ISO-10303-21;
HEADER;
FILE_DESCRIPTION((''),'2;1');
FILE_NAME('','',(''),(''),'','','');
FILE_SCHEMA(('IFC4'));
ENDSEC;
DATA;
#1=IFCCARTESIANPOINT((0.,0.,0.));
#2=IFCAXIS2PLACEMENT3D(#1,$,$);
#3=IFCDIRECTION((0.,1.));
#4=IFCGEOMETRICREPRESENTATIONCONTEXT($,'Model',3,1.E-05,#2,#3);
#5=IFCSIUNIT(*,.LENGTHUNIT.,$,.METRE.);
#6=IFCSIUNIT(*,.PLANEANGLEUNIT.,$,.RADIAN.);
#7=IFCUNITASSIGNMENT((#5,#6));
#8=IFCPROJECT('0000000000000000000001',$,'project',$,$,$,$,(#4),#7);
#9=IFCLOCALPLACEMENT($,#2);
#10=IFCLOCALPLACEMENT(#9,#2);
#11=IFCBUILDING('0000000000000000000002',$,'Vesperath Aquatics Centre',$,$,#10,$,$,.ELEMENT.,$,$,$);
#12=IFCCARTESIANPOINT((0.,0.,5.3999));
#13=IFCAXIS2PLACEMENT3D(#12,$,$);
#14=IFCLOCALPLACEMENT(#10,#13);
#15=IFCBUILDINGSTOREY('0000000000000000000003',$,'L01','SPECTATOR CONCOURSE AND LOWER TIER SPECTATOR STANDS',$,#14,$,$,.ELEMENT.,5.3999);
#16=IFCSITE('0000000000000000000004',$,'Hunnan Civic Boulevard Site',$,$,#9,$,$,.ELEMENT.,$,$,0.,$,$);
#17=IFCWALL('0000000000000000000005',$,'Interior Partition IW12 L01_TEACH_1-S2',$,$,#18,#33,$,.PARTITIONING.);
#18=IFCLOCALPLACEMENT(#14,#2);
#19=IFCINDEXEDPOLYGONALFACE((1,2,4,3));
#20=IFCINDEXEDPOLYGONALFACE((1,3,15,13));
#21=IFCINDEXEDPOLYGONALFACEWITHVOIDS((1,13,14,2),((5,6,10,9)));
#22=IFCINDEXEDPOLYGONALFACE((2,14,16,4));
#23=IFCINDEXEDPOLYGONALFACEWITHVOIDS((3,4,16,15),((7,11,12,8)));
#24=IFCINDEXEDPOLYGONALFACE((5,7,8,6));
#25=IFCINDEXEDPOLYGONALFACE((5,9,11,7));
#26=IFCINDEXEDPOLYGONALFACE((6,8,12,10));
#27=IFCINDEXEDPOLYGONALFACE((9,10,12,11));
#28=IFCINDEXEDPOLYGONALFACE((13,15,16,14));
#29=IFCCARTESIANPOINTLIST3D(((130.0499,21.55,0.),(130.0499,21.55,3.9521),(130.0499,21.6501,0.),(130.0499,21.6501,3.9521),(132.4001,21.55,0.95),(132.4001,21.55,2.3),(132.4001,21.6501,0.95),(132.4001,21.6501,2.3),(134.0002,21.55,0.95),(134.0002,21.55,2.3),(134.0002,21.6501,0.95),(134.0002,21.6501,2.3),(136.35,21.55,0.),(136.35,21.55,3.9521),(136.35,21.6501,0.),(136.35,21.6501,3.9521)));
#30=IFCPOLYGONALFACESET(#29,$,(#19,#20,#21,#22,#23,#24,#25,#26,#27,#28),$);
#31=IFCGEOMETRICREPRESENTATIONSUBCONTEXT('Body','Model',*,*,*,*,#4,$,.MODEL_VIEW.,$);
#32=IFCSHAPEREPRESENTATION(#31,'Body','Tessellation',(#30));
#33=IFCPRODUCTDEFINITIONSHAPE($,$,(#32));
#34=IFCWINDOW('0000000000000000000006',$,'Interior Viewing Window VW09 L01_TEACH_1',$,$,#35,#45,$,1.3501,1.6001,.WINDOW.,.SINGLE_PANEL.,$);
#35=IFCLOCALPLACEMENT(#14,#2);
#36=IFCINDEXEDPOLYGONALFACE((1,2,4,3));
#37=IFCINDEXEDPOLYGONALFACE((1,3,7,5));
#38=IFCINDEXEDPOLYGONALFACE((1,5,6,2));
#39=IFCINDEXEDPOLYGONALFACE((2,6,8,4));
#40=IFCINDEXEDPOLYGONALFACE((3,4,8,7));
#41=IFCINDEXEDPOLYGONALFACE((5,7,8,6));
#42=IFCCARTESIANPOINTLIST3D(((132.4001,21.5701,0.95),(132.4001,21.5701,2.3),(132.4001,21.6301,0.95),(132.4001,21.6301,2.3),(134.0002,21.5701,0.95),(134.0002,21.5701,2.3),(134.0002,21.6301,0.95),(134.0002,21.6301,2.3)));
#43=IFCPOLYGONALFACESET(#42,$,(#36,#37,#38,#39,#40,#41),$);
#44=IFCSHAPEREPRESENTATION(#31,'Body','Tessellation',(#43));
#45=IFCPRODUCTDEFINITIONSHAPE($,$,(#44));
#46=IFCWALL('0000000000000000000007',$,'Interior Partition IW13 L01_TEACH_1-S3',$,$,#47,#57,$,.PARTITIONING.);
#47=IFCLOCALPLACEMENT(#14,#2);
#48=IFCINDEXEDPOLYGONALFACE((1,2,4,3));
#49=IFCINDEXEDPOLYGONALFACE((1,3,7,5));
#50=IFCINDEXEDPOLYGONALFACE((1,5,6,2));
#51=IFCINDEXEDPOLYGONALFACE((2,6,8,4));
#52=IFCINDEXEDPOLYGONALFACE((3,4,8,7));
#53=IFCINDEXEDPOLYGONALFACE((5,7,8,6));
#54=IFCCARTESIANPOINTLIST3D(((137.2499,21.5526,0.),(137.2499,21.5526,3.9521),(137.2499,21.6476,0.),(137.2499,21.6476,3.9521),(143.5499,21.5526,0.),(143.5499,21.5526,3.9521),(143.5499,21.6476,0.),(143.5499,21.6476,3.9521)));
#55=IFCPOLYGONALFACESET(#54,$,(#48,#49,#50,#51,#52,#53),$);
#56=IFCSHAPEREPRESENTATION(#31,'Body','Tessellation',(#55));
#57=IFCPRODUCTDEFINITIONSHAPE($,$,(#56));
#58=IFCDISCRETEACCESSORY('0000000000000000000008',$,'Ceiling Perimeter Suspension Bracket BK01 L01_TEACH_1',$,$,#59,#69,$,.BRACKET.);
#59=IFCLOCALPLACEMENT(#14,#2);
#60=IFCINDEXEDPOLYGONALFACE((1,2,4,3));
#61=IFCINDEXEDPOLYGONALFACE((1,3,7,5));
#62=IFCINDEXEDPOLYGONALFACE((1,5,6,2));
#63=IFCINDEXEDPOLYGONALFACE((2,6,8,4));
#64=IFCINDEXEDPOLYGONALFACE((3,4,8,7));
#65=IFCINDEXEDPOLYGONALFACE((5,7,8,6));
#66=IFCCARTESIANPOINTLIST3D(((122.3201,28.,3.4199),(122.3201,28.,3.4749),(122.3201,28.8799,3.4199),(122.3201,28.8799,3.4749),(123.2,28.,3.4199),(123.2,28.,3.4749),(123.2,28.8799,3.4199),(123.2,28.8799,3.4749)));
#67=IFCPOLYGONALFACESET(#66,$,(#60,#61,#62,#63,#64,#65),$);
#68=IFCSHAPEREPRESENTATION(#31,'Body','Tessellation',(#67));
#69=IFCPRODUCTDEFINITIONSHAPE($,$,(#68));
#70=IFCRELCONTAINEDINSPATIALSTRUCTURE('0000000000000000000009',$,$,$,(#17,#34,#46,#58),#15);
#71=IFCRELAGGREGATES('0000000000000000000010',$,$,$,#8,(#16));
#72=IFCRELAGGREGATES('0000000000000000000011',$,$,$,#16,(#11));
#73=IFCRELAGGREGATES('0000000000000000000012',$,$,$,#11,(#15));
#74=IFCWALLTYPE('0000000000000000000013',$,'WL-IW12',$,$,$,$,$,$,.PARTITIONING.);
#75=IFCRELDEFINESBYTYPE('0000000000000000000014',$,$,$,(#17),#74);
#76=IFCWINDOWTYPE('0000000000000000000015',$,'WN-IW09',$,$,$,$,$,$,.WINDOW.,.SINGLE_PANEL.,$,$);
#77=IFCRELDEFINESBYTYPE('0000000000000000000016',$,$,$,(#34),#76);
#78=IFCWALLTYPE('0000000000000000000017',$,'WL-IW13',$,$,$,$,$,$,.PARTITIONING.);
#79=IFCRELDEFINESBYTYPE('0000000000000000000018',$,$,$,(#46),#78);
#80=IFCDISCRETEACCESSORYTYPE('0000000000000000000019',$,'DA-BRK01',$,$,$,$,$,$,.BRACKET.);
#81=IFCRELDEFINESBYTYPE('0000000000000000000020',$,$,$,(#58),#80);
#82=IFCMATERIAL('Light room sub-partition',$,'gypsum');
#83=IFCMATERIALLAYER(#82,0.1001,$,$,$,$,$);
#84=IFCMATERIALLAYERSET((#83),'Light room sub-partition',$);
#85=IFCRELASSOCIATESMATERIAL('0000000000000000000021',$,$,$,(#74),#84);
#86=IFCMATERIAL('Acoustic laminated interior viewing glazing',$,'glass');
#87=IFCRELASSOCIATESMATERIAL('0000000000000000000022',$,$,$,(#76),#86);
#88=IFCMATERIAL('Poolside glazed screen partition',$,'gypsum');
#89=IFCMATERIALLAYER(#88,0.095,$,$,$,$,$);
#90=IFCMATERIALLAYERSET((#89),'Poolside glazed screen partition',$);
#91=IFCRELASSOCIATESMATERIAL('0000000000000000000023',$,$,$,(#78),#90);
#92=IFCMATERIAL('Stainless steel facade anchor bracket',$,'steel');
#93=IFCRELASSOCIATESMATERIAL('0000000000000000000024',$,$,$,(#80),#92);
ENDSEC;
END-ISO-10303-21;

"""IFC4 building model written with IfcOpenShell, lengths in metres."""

from ifc_helpers import new_model, si_unit, direction, frame, frame_2d, origin, origin_2d, place, context, subcontext, project, spatial, rectangle, extrude, material, layer, layer_set, type_object, element, fill, save


model = new_model("IFC4")

# Units and contexts
model_context = context("Model", 3, precision=1e-05, world=origin(), true_north=direction((0.0, 1.0)))
body_context = subcontext(model_context, "Body", "Model", "MODEL_VIEW")
ifc_project = project(units=[si_unit("LENGTHUNIT", "METRE"), si_unit("PLANEANGLEUNIT", "RADIAN")], contexts=[model_context])

# Site, building, storey
site_placement = place(None, origin())
site = spatial("IfcSite", under=ifc_project, at=site_placement, Name="Hunnan Civic Boulevard Site", CompositionType="ELEMENT", RefElevation=0.0)
building_placement = place(site_placement, origin())
building = spatial("IfcBuilding", under=site, at=building_placement, Name="Vesperath Aquatics Centre", CompositionType="ELEMENT")
storey_placement = place(building_placement, frame((0.0, 0.0, 5.3999)))
storey = spatial("IfcBuildingStorey", under=building, at=storey_placement, Name="L01", Description="SPECTATOR CONCOURSE AND LOWER TIER SPECTATOR STANDS", CompositionType="ELEMENT", Elevation=5.3999)

# Shared definitions
ifc_material_1 = material(Name="Acoustic laminated interior viewing glazing", Category="glass")

# Wall, opening, window
ifc_material_2 = material(Name="Light room sub-partition", Category="gypsum")
ifc_layer_1 = layer(ifc_material_2, 0.1001)
ifc_layer_set_1 = layer_set([ifc_layer_1], Name="Light room sub-partition")
wall_type_1 = type_object("IfcWallType", Name="WL-IW12", PredefinedType="PARTITIONING", material=ifc_layer_set_1)
wall_1_placement = place(storey_placement, frame((130.05, 21.6001, 0.0), z_axis=(0.0, 0.0, 1.0), x_axis=(1.0, 0.0, 0.0)))
wall_1 = element("IfcWall", 1, at=wall_1_placement, inside=storey, type_object=wall_type_1, Name="Interior Partition IW12 L01_TEACH_1-S2", PredefinedType="PARTITIONING", context=body_context, shape_type="SweptSolid", body=[
    extrude(rectangle(XDim=6.3, YDim=0.1001, at=frame_2d((3.1499, 0.0))), origin(), (0.0, 0.0, 1.0), 3.9521),
])
opening_1_placement = place(wall_1_placement, frame((2.3501, 0.0, 0.95)))
opening_1 = element("IfcOpeningElement", 2, at=opening_1_placement, cuts=wall_1, PredefinedType="OPENING", context=body_context, shape_type="SweptSolid", body=[
    extrude(rectangle(XDim=1.6001, YDim=1.3501, at=frame_2d((0.8, 0.675))), frame((0.0, 0.0649, 0.0), z_axis=(0.0, -1.0, 0.0), x_axis=(1.0, 0.0, 0.0)), (0.0, 0.0, 1.0), 0.1299),
])
window_type_1 = type_object("IfcWindowType", Name="WN-IW09", PartitioningType="SINGLE_PANEL", PredefinedType="WINDOW", material=ifc_material_1)
window_1_placement = place(opening_1_placement, origin())
window_1 = element("IfcWindow", 3, at=window_1_placement, inside=storey, type_object=window_type_1, Name="Interior Viewing Window VW09 L01_TEACH_1", OverallHeight=1.3501, OverallWidth=1.6001, PartitioningType="SINGLE_PANEL", PredefinedType="WINDOW", context=body_context, shape_type="SweptSolid", body=[
    extrude(rectangle(XDim=1.6001, YDim=1.3501, at=frame_2d((0.8, 0.675))), frame((0.0, 0.03, 0.0), z_axis=(0.0, -1.0, 0.0), x_axis=(1.0, 0.0, 0.0)), (0.0, 0.0, 1.0), 0.0601),
])
fill(opening_1, window_1)

# Wall
ifc_material_3 = material(Name="Poolside glazed screen partition", Category="gypsum")
ifc_layer_2 = layer(ifc_material_3, 0.095)
ifc_layer_set_2 = layer_set([ifc_layer_2], Name="Poolside glazed screen partition")
wall_type_2 = type_object("IfcWallType", Name="WL-IW13", PredefinedType="PARTITIONING", material=ifc_layer_set_2)
wall_2_placement = place(storey_placement, frame((137.25, 21.6001, 0.0), z_axis=(0.0, 0.0, 1.0), x_axis=(1.0, 0.0, 0.0)))
element("IfcWall", 4, at=wall_2_placement, inside=storey, type_object=wall_type_2, Name="Interior Partition IW13 L01_TEACH_1-S3", PredefinedType="PARTITIONING", context=body_context, shape_type="SweptSolid", body=[
    extrude(rectangle(XDim=6.3, YDim=0.095, at=frame_2d((3.1499, 0.0))), origin(), (0.0, 0.0, 1.0), 3.9521),
])

# Discrete accessory
ifc_material_4 = material(Name="Stainless steel facade anchor bracket", Category="steel")
discrete_accessory_type = type_object("IfcDiscreteAccessoryType", Name="DA-BRK01", PredefinedType="BRACKET", material=ifc_material_4)
discrete_accessory_placement = place(storey_placement, frame((122.76, 28.4399, 3.4199), z_axis=(0.0, 0.0, 1.0), x_axis=(1.0, 0.0, 0.0)))
element("IfcDiscreteAccessory", 5, at=discrete_accessory_placement, inside=storey, type_object=discrete_accessory_type, Name="Ceiling Perimeter Suspension Bracket BK01 L01_TEACH_1", PredefinedType="BRACKET", context=body_context, shape_type="SweptSolid", body=[
    extrude(rectangle(XDim=0.8799, YDim=0.8799, at=origin_2d()), origin(), (0.0, 0.0, 1.0), 0.0549),
])

save(model, "model.ifc")
